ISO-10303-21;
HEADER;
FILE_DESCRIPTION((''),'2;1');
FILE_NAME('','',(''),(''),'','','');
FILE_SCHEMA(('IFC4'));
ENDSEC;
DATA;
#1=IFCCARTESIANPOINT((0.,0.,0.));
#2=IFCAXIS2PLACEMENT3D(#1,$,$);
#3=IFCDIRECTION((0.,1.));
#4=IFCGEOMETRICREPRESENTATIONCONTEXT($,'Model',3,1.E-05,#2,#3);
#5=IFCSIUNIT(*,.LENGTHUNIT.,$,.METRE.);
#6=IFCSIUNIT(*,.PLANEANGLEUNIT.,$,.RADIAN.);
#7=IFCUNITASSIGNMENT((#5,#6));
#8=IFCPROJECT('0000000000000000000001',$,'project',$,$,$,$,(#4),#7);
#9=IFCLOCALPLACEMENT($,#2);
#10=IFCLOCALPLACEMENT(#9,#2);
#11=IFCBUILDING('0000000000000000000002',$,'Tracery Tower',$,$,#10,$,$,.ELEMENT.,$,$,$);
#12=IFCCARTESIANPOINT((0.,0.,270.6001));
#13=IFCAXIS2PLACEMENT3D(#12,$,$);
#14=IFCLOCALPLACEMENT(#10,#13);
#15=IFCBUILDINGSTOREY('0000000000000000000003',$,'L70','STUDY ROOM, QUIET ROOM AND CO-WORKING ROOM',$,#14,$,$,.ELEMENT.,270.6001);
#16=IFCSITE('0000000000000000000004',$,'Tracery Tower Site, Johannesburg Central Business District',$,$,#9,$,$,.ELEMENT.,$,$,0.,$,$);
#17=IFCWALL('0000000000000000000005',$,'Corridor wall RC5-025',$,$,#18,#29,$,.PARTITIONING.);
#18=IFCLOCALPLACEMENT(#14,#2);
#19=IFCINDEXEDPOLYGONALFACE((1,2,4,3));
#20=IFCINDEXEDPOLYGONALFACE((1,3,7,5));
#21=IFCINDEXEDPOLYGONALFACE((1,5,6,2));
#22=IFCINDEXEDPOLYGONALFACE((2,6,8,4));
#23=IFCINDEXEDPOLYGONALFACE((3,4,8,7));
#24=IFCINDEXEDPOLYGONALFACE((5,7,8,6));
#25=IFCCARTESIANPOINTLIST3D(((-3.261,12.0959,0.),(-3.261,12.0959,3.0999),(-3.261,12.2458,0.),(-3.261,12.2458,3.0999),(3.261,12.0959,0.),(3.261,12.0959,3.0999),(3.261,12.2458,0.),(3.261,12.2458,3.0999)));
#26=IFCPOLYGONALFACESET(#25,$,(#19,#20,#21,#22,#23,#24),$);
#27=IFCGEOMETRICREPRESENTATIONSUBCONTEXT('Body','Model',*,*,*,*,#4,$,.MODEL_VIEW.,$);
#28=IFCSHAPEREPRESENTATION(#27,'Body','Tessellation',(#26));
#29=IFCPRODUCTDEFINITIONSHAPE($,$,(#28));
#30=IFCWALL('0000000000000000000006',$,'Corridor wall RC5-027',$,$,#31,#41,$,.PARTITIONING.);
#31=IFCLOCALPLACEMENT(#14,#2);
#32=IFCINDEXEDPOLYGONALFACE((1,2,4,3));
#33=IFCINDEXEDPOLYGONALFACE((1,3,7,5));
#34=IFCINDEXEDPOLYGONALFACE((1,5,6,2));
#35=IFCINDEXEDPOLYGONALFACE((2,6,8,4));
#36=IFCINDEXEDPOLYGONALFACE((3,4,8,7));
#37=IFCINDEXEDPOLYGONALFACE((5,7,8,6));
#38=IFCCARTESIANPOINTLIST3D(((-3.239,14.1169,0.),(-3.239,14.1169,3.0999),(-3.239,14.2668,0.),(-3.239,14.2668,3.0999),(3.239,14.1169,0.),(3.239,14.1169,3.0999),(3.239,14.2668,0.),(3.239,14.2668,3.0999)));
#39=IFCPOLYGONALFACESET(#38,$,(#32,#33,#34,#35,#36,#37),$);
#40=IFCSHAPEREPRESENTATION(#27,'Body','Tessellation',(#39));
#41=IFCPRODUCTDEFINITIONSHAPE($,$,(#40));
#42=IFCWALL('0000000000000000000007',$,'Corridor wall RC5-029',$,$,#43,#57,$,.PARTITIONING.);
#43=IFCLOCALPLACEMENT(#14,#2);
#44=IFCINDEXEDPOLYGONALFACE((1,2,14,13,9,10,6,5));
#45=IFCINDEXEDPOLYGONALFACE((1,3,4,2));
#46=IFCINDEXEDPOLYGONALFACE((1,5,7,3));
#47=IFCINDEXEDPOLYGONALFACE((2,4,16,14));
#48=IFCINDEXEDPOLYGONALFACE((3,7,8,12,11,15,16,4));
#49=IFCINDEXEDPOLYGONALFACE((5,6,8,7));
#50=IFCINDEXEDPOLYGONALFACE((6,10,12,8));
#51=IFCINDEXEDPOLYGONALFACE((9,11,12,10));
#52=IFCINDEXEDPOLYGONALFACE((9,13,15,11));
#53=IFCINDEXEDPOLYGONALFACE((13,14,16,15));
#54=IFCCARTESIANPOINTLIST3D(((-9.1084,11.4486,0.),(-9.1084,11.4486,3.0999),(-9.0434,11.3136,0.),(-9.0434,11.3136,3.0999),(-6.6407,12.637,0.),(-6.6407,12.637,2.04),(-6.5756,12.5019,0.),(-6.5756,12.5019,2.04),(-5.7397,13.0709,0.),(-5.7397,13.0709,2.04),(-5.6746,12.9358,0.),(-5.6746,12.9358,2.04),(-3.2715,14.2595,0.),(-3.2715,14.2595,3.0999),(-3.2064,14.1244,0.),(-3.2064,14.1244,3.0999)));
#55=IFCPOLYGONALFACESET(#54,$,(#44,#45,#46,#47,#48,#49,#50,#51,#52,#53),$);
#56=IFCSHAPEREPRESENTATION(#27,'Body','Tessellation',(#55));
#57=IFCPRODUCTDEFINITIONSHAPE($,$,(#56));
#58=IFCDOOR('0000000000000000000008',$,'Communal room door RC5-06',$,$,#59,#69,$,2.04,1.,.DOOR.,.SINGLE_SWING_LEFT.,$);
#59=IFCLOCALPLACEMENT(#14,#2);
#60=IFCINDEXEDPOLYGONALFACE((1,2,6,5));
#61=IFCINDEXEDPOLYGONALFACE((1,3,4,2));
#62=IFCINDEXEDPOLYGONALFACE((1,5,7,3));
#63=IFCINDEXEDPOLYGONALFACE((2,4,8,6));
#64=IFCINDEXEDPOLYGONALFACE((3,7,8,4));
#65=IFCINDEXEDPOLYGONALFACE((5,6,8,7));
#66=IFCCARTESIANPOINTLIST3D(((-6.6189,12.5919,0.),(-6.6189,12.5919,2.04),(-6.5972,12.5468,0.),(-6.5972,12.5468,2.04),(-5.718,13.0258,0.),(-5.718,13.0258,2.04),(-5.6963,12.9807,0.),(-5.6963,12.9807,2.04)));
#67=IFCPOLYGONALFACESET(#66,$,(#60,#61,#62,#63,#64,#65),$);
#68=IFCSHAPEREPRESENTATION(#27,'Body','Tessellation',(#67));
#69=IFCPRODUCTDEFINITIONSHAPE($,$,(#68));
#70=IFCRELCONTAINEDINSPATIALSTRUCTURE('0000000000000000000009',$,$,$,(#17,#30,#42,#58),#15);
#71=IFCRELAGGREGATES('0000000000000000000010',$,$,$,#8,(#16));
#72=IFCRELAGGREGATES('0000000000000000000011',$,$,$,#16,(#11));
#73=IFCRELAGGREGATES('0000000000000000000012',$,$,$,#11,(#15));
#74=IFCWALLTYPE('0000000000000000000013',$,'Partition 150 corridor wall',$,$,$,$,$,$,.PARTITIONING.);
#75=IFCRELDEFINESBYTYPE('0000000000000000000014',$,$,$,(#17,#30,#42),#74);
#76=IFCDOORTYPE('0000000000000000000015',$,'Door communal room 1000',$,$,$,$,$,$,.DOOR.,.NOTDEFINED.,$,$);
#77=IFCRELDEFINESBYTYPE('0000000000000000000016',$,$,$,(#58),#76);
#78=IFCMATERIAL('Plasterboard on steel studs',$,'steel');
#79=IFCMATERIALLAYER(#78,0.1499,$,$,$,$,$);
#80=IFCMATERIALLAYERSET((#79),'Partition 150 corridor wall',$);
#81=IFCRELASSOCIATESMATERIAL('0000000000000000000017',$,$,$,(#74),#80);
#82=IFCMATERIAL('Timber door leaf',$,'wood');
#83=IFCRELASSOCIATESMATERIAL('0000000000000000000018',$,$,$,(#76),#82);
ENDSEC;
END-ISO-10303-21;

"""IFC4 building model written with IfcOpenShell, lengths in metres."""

from ifc_helpers import new_model, si_unit, direction, frame, frame_2d, origin, place, context, subcontext, project, spatial, rectangle, extrude, material, layer, layer_set, type_object, element, fill, save


model = new_model("IFC4")

# Units and contexts
model_context = context("Model", 3, precision=1e-05, world=origin(), true_north=direction((0.0, 1.0)))
body_context = subcontext(model_context, "Body", "Model", "MODEL_VIEW")
ifc_project = project(units=[si_unit("LENGTHUNIT", "METRE"), si_unit("PLANEANGLEUNIT", "RADIAN")], contexts=[model_context])

# Site, building, storey
site_placement = place(None, origin())
site = spatial("IfcSite", under=ifc_project, at=site_placement, Name="Tracery Tower Site, Johannesburg Central Business District", CompositionType="ELEMENT", RefElevation=0.0)
building_placement = place(site_placement, origin())
building = spatial("IfcBuilding", under=site, at=building_placement, Name="Tracery Tower", CompositionType="ELEMENT")
storey_placement = place(building_placement, frame((0.0, 0.0, 270.6001)))
storey = spatial("IfcBuildingStorey", under=building, at=storey_placement, Name="L70", Description="STUDY ROOM, QUIET ROOM AND CO-WORKING ROOM", CompositionType="ELEMENT", Elevation=270.6001)

# Shared definitions
ifc_material_1 = material(Name="Plasterboard on steel studs", Category="steel")
ifc_layer_1 = layer(ifc_material_1, 0.1499)
ifc_layer_set_1 = layer_set([ifc_layer_1], Name="Partition 150 corridor wall")
wall_type_1 = type_object("IfcWallType", Name="Partition 150 corridor wall", PredefinedType="PARTITIONING", material=ifc_layer_set_1)

# Shared definitions
ifc_material_2 = material(Name="Timber door leaf", Category="wood")
door_type = type_object("IfcDoorType", Name="Door communal room 1000", OperationType="NOTDEFINED", PredefinedType="DOOR", material=ifc_material_2)

# Walls
wall_1_placement = place(storey_placement, frame((-3.261, 12.1709, 0.0), z_axis=(0.0, 0.0, 1.0), x_axis=(1.0, 0.0, 0.0)))
element("IfcWall", 1, at=wall_1_placement, inside=storey, type_object=wall_type_1, Name="Corridor wall RC5-025", PredefinedType="PARTITIONING", context=body_context, shape_type="SweptSolid", body=[
    extrude(rectangle(XDim=6.522, YDim=0.1499, at=frame_2d((3.261, 0.0))), origin(), (0.0, 0.0, 1.0), 3.0999),
])
wall_2_placement = place(storey_placement, frame((-3.239, 14.1919, 0.0), z_axis=(0.0, 0.0, 1.0), x_axis=(1.0, 0.0, 0.0)))
element("IfcWall", 2, at=wall_2_placement, inside=storey, type_object=wall_type_1, Name="Corridor wall RC5-027", PredefinedType="PARTITIONING", context=body_context, shape_type="SweptSolid", body=[
    extrude(rectangle(XDim=6.478, YDim=0.1499, at=frame_2d((3.239, 0.0))), origin(), (0.0, 0.0, 1.0), 3.0999),
])

# Wall, opening, door
wall_3_placement = place(storey_placement, frame((-9.0759, 11.3811, 0.0), z_axis=(0.0, 0.0, 1.0), x_axis=(0.900976, 0.433869, 0.0)))
wall_3 = element("IfcWall", 3, at=wall_3_placement, inside=storey, type_object=wall_type_1, Name="Corridor wall RC5-029", PredefinedType="PARTITIONING", context=body_context, shape_type="SweptSolid", body=[
    extrude(rectangle(XDim=6.4785, YDim=0.1499, at=frame_2d((3.2393, 0.0))), origin(), (0.0, 0.0, 1.0), 3.0999),
])
opening_1_placement = place(wall_3_placement, frame((2.739, 0.0, 0.0)))
opening_1 = element("IfcOpeningElement", 4, at=opening_1_placement, cuts=wall_3, PredefinedType="OPENING", context=body_context, shape_type="SweptSolid", body=[
    extrude(rectangle(XDim=1.0, YDim=2.04, at=frame_2d((0.5, 1.02))), frame((0.0, 0.075, 0.0), z_axis=(0.0, -1.0, 0.0), x_axis=(1.0, 0.0, 0.0)), (0.0, 0.0, 1.0), 0.1499),
])
door_1_placement = place(opening_1_placement, origin())
door_1 = element("IfcDoor", 5, at=door_1_placement, inside=storey, type_object=door_type, Name="Communal room door RC5-06", OperationType="SINGLE_SWING_LEFT", OverallHeight=2.04, OverallWidth=1.0, PredefinedType="DOOR", context=body_context, shape_type="SweptSolid", body=[
    extrude(rectangle(XDim=1.0, YDim=2.04, at=frame_2d((0.5, 1.02))), frame((0.0, 0.0249, 0.0), z_axis=(0.0, -1.0, 0.0), x_axis=(1.0, 0.0, 0.0)), (0.0, 0.0, 1.0), 0.05),
])
fill(opening_1, door_1)

save(model, "model.ifc")
